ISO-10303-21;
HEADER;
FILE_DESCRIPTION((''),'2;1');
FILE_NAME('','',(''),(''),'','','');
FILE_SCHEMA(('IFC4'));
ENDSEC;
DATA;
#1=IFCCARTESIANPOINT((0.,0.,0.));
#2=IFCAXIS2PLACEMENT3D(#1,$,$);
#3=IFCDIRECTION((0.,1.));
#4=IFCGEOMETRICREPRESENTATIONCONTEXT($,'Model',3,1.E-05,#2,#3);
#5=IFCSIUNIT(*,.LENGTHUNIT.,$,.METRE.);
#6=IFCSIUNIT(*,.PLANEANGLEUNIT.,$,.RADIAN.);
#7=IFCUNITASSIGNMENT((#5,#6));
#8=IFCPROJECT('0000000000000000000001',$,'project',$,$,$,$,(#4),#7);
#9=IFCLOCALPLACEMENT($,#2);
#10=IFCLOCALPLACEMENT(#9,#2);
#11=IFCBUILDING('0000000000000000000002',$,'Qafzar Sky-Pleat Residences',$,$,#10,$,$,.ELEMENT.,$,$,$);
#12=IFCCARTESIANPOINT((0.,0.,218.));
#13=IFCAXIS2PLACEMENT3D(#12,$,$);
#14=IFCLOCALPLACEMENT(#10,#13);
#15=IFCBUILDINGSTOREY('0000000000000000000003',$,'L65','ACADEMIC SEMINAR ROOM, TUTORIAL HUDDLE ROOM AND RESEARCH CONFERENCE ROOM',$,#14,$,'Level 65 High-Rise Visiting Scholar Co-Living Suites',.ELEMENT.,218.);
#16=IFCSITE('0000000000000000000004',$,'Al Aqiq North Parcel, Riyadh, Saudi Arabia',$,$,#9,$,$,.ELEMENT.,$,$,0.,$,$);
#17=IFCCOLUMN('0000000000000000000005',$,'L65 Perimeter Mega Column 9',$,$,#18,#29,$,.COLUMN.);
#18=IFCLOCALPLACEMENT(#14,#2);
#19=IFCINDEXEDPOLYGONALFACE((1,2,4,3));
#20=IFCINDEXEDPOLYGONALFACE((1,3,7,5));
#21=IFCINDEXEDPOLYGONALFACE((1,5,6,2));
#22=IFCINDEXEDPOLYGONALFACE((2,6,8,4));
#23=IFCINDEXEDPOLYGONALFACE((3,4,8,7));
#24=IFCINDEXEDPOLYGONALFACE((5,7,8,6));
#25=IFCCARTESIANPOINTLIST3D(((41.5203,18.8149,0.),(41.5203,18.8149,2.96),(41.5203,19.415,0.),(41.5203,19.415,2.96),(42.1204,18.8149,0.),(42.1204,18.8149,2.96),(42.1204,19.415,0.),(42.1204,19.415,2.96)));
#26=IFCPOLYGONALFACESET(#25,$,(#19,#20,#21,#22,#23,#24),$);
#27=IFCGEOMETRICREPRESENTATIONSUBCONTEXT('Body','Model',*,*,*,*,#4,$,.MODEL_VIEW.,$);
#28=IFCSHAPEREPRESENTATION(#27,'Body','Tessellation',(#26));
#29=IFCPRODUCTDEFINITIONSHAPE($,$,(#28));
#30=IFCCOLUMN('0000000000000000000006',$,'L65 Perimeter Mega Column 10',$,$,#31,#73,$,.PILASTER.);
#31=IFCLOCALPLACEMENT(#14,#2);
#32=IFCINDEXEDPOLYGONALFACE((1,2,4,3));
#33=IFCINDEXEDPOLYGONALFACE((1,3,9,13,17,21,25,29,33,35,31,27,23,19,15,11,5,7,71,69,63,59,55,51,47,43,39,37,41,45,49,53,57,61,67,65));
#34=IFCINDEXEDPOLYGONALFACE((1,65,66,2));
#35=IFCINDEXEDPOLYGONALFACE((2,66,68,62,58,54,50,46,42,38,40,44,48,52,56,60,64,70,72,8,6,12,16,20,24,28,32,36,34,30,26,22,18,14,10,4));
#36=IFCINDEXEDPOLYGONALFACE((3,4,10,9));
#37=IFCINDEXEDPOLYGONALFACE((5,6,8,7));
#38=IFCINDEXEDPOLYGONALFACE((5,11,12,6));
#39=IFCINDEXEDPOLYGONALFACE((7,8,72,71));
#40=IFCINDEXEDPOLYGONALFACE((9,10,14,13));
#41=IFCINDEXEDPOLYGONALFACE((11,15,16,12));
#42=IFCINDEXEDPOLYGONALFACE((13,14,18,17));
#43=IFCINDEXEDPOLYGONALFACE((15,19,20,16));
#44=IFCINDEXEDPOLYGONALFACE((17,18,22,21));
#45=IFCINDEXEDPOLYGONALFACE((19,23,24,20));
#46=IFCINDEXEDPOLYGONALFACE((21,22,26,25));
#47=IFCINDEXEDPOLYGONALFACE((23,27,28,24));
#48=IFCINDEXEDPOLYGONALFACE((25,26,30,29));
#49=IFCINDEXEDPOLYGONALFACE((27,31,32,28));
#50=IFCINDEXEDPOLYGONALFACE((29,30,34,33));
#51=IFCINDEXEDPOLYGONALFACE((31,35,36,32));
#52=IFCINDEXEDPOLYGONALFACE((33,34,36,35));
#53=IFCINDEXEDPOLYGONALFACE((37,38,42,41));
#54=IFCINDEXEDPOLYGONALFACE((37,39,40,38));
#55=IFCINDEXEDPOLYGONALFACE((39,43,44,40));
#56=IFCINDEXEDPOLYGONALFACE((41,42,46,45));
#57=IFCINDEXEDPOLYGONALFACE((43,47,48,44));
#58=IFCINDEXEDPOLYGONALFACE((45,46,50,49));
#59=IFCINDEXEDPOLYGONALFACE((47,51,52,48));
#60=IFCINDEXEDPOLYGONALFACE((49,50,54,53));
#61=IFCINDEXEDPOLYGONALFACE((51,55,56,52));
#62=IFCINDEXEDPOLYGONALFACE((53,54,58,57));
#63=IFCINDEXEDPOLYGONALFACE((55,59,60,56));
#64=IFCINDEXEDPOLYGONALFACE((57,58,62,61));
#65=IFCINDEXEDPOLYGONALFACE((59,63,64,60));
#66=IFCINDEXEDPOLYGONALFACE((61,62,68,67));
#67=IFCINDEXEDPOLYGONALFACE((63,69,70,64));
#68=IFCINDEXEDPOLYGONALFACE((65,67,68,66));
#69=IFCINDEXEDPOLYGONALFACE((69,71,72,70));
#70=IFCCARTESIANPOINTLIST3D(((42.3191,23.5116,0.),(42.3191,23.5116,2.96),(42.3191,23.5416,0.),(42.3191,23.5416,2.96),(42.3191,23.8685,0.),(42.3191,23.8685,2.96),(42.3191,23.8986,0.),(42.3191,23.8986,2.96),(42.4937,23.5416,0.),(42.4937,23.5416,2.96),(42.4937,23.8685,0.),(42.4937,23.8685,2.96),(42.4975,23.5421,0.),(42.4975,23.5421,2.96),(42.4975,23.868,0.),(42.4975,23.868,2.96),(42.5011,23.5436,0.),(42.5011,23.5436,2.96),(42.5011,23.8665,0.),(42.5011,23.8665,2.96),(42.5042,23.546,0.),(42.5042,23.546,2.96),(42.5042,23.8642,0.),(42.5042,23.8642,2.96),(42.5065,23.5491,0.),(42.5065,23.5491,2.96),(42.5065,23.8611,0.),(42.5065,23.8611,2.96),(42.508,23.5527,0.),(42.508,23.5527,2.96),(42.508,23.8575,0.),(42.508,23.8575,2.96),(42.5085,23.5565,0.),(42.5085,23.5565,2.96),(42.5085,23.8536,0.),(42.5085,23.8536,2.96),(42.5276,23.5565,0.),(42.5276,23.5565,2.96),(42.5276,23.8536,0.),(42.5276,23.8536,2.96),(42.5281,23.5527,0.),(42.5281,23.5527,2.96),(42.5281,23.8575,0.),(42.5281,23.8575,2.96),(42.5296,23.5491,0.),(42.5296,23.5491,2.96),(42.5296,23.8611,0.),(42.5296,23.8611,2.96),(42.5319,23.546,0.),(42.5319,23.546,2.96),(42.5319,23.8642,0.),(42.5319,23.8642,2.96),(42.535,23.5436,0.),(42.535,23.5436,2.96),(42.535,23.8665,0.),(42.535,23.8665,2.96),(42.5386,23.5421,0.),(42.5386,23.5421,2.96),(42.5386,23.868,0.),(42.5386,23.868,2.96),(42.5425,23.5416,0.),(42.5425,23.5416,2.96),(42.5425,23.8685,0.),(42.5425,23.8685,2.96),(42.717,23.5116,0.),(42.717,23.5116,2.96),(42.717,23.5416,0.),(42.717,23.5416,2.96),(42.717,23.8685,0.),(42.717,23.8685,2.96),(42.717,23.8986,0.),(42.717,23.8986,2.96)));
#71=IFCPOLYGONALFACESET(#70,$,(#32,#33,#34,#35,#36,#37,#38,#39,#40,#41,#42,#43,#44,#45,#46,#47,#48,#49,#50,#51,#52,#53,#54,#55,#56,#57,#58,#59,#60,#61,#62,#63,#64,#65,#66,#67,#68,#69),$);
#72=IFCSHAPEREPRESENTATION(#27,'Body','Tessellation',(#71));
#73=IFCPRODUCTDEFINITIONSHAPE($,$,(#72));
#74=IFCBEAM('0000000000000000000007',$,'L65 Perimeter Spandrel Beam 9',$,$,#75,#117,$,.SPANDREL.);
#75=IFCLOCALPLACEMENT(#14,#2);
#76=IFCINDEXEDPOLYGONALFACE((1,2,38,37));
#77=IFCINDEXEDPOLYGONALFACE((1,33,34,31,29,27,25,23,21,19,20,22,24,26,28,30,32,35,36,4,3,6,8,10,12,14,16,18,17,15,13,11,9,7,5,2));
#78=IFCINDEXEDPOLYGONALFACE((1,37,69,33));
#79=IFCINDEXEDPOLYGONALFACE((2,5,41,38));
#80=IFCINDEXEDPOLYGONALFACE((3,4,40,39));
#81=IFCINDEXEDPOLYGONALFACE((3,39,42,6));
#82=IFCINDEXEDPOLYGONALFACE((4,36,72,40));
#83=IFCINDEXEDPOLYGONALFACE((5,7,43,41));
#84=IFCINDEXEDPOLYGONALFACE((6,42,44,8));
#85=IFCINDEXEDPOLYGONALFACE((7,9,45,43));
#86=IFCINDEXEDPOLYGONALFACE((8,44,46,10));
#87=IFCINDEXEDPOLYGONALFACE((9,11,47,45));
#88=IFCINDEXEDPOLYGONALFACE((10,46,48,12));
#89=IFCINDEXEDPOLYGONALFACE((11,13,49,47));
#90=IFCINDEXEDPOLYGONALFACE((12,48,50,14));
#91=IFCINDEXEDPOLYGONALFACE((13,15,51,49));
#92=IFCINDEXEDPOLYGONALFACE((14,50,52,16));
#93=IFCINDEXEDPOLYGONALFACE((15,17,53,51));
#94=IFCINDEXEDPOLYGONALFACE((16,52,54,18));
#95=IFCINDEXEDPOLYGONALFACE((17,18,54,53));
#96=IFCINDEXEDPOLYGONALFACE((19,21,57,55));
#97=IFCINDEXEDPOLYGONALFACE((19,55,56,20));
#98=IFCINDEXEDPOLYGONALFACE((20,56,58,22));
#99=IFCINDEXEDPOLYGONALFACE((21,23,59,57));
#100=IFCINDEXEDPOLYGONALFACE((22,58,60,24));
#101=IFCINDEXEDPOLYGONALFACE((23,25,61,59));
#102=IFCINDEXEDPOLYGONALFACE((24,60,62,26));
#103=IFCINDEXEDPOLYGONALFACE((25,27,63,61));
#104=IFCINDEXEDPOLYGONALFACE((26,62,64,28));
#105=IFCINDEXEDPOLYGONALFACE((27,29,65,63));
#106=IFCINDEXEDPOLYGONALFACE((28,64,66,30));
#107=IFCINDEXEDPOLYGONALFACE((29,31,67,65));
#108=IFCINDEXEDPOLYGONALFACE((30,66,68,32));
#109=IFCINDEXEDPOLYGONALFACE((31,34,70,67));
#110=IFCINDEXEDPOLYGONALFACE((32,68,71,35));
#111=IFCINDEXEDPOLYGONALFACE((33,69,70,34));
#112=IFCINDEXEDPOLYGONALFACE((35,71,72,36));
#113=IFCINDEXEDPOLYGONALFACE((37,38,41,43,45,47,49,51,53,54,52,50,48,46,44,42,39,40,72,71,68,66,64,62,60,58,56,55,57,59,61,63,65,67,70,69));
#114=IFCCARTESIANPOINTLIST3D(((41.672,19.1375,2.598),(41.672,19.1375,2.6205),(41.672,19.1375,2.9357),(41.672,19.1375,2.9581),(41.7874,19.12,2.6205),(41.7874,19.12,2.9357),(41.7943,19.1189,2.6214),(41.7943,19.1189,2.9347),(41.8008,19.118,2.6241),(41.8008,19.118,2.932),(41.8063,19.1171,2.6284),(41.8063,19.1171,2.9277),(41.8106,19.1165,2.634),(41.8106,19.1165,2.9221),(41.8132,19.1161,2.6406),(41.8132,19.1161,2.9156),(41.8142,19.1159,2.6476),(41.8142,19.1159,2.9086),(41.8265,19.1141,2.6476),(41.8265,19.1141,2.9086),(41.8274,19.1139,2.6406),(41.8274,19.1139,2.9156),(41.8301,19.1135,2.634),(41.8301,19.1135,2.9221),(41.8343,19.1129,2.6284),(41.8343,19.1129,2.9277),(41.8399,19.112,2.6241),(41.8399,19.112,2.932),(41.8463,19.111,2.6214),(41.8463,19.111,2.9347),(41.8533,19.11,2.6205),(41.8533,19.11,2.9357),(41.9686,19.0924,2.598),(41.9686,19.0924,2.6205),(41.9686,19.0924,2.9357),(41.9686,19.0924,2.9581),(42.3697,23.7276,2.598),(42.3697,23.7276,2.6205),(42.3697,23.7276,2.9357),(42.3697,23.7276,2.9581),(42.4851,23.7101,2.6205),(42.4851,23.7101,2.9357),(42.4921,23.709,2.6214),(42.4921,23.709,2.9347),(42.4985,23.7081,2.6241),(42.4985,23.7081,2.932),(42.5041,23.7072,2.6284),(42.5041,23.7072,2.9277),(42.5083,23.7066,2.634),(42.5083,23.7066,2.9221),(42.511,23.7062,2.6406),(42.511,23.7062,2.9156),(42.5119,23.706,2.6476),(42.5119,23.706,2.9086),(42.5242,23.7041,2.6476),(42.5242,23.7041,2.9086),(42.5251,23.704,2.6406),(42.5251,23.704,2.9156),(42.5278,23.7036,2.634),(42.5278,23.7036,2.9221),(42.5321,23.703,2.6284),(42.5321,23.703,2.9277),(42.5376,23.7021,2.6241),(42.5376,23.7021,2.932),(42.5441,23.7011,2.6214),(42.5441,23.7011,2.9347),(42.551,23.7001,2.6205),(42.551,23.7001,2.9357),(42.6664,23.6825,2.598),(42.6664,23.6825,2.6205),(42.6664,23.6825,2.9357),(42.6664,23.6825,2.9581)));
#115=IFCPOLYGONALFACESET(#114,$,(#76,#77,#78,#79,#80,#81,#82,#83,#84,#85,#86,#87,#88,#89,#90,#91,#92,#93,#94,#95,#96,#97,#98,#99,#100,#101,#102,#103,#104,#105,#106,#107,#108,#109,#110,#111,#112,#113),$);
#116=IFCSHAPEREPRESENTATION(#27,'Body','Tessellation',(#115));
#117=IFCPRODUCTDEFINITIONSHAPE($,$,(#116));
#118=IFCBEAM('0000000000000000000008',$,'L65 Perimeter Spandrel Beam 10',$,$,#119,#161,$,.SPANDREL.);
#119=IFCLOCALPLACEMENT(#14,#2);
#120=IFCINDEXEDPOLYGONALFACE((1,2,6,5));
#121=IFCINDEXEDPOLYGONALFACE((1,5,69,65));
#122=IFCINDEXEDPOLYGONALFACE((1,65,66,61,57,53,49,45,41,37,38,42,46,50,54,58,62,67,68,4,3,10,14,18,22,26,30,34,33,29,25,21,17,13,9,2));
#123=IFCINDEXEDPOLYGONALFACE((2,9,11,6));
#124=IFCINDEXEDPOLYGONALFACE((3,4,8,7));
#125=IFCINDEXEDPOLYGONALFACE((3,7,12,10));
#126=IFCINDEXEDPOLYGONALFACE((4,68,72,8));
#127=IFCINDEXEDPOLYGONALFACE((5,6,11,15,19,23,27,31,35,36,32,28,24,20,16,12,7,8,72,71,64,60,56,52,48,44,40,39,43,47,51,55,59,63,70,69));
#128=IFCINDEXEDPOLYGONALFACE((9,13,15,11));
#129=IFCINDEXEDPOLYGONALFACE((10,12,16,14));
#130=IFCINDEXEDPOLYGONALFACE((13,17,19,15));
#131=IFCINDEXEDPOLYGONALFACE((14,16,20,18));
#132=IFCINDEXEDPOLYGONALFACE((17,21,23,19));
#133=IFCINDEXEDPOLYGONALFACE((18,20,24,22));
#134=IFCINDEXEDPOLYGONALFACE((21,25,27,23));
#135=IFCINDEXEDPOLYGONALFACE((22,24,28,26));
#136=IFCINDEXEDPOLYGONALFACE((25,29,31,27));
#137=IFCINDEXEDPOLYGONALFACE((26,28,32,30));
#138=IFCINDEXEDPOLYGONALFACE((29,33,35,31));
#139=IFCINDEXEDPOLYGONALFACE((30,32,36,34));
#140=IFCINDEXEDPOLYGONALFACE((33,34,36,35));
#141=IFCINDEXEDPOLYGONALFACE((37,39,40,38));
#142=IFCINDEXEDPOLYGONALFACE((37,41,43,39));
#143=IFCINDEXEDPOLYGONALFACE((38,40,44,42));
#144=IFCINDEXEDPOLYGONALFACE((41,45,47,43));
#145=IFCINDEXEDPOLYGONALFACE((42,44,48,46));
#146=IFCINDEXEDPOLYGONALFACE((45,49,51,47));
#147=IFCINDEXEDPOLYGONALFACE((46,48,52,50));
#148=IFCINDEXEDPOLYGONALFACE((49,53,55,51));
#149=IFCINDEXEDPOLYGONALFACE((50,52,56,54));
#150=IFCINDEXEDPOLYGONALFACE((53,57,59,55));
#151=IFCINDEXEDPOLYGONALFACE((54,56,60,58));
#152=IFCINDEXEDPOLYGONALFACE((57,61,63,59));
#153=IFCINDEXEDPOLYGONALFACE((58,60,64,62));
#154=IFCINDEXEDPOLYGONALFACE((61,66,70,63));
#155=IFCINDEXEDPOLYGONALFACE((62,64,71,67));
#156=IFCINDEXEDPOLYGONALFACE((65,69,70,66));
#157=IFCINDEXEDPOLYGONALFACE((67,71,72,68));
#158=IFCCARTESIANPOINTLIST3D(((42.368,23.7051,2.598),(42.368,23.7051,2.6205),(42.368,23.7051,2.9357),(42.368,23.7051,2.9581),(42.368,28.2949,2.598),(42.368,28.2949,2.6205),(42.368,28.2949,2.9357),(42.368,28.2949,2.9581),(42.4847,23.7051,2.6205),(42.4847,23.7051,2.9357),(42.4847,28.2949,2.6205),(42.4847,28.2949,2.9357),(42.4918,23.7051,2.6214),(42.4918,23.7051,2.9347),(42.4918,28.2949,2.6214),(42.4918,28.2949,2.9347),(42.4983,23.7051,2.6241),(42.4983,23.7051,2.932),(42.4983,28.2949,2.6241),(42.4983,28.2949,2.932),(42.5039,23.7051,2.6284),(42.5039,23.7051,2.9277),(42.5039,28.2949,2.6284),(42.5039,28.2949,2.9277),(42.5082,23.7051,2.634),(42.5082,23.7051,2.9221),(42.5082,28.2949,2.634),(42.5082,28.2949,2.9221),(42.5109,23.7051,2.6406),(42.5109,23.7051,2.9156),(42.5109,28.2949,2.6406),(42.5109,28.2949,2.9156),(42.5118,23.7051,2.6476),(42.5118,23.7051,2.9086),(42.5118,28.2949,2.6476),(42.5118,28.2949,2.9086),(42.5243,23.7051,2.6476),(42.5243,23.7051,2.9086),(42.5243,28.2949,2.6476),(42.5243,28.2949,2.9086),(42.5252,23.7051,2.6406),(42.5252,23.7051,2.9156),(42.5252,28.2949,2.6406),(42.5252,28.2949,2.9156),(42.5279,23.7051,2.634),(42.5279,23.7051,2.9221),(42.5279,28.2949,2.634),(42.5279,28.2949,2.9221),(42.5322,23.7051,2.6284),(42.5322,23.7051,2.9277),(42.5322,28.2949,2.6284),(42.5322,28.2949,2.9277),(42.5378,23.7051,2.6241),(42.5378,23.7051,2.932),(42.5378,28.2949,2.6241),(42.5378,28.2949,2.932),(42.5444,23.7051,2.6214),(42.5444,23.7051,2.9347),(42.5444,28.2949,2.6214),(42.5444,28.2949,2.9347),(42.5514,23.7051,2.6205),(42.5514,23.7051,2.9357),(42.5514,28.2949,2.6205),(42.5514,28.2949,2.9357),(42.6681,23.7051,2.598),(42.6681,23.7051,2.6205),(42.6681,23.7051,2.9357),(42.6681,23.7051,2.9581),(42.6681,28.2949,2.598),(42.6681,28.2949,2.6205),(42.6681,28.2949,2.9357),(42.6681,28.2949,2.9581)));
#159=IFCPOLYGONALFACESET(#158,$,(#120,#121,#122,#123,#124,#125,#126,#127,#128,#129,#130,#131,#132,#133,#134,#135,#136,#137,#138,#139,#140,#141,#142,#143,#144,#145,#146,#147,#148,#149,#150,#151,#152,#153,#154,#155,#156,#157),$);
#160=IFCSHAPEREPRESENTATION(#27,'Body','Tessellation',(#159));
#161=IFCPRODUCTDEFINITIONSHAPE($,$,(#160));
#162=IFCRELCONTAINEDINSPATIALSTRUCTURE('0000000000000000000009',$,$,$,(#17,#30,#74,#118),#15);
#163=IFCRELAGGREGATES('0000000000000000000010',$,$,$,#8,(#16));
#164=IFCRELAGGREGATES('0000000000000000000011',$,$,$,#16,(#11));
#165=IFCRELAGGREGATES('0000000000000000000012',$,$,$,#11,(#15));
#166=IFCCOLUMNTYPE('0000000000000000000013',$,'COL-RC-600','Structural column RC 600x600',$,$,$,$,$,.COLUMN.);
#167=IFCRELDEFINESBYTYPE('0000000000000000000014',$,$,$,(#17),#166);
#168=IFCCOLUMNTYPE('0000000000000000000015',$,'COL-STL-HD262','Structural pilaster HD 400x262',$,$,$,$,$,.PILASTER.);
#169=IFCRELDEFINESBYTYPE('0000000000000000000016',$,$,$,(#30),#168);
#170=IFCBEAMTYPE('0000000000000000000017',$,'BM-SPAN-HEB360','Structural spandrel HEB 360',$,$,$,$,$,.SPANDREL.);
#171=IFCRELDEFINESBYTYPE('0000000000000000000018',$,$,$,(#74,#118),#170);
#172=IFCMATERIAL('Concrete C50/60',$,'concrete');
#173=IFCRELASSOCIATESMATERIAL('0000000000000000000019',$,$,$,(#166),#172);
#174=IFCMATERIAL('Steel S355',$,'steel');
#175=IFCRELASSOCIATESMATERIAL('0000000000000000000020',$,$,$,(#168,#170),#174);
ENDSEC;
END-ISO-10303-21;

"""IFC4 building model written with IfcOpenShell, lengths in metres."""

from ifc_helpers import new_model, si_unit, direction, frame, origin, origin_2d, place, context, subcontext, project, spatial, rectangle, i_section, extrude, source, transform, mapped, material, material_profile, profile_set, type_object, element, save


model = new_model("IFC4")

# Units and contexts
model_context = context("Model", 3, precision=1e-05, world=origin(), true_north=direction((0.0, 1.0)))
body_context = subcontext(model_context, "Body", "Model", "MODEL_VIEW")
ifc_project = project(units=[si_unit("LENGTHUNIT", "METRE"), si_unit("PLANEANGLEUNIT", "RADIAN")], contexts=[model_context])

# Site, building, storey
site_placement = place(None, origin())
site = spatial("IfcSite", under=ifc_project, at=site_placement, Name="Al Aqiq North Parcel, Riyadh, Saudi Arabia", CompositionType="ELEMENT", RefElevation=0.0)
building_placement = place(site_placement, origin())
building = spatial("IfcBuilding", under=site, at=building_placement, Name="Qafzar Sky-Pleat Residences", CompositionType="ELEMENT")
storey_placement = place(building_placement, frame((0.0, 0.0, 218.0)))
storey = spatial("IfcBuildingStorey", under=building, at=storey_placement, Name="L65", Description="ACADEMIC SEMINAR ROOM, TUTORIAL HUDDLE ROOM AND RESEARCH CONFERENCE ROOM", LongName="Level 65 High-Rise Visiting Scholar Co-Living Suites", CompositionType="ELEMENT", Elevation=218.0)

# Columns
ifc_material_1 = material(Name="Concrete C50/60", Category="concrete")
ifc_material_profile_1 = material_profile(ifc_material_1, rectangle(XDim=0.6001, YDim=0.6001, at=origin_2d()), Name="RC 600x600")
ifc_profile_set_1 = profile_set([ifc_material_profile_1], Name="Concrete C50/60")
column_type_1 = type_object("IfcColumnType", Name="COL-RC-600", Description="Structural column RC 600x600", PredefinedType="COLUMN", material=ifc_profile_set_1)
shared_shape_1 = source(origin(), body_context, "Body", "SweptSolid", [
    extrude(rectangle(XDim=0.6001, YDim=0.6001, at=origin_2d()), origin(), (0.0, 0.0, 1.0), 2.96),
])
column_1_placement = place(storey_placement, frame((41.8203, 19.115, 0.0), z_axis=(0.0, 0.0, 1.0), x_axis=(1.0, 0.0, 0.0)))
element("IfcColumn", 1, at=column_1_placement, inside=storey, type_object=column_type_1, Name="L65 Perimeter Mega Column 9", PredefinedType="COLUMN", context=body_context, shape_type="MappedRepresentation", body=[
    mapped(shared_shape_1, transform((0.0, 0.0, 0.0), x_axis=(1.0, 0.0, 0.0), y_axis=(0.0, 1.0, 0.0), z_axis=(0.0, 0.0, 1.0), scale=1.0)),
])
ifc_material_2 = material(Name="Steel S355", Category="steel")
ifc_material_profile_2 = material_profile(ifc_material_2, i_section(OverallWidth=0.3979, OverallDepth=0.387, WebThickness=0.019, FlangeThickness=0.03, FilletRadius=0.0149, at=origin_2d()), Name="HD 400x262")
ifc_profile_set_2 = profile_set([ifc_material_profile_2], Name="Steel S355")
column_type_2 = type_object("IfcColumnType", Name="COL-STL-HD262", Description="Structural pilaster HD 400x262", PredefinedType="PILASTER", material=ifc_profile_set_2)
shared_shape_2 = source(origin(), body_context, "Body", "SweptSolid", [
    extrude(i_section(OverallWidth=0.3979, OverallDepth=0.387, WebThickness=0.019, FlangeThickness=0.03, FilletRadius=0.0149, at=origin_2d()), origin(), (0.0, 0.0, 1.0), 2.96),
])
column_2_placement = place(storey_placement, frame((42.5181, 23.7051, 0.0), z_axis=(0.0, 0.0, 1.0), x_axis=(1.0, 0.0, 0.0)))
element("IfcColumn", 2, at=column_2_placement, inside=storey, type_object=column_type_2, Name="L65 Perimeter Mega Column 10", PredefinedType="PILASTER", context=body_context, shape_type="MappedRepresentation", body=[
    mapped(shared_shape_2, transform((0.0, 0.0, 0.0), x_axis=(1.0, 0.0, 0.0), y_axis=(0.0, 1.0, 0.0), z_axis=(0.0, 0.0, 1.0), scale=1.0)),
])

# Beams
ifc_material_profile_3 = material_profile(ifc_material_2, i_section(OverallWidth=0.3, OverallDepth=0.3601, WebThickness=0.0125, FlangeThickness=0.0225, FilletRadius=0.0271, at=origin_2d()), Name="HEB 360")
ifc_profile_set_3 = profile_set([ifc_material_profile_3], Name="Steel S355")
beam_type_1 = type_object("IfcBeamType", Name="BM-SPAN-HEB360", Description="Structural spandrel HEB 360", PredefinedType="SPANDREL", material=ifc_profile_set_3)
shared_shape_3 = source(origin(), body_context, "Body", "SweptSolid", [
    extrude(i_section(OverallWidth=0.3, OverallDepth=0.3601, WebThickness=0.0125, FlangeThickness=0.0225, FilletRadius=0.0271, at=origin_2d()), origin(), (0.0, 0.0, 1.0), 4.6428),
])
beam_1_placement = place(storey_placement, frame((41.8203, 19.115, 2.7781), z_axis=(0.150287, 0.988642, 0.0), x_axis=(-0.988642, 0.150287, 0.0)))
element("IfcBeam", 3, at=beam_1_placement, inside=storey, type_object=beam_type_1, Name="L65 Perimeter Spandrel Beam 9", PredefinedType="SPANDREL", context=body_context, shape_type="MappedRepresentation", body=[
    mapped(shared_shape_3, transform((0.0, 0.0, 0.0), x_axis=(1.0, 0.0, 0.0), y_axis=(0.0, 1.0, 0.0), z_axis=(0.0, 0.0, 1.0), scale=1.0)),
])
shared_shape_4 = source(origin(), body_context, "Body", "SweptSolid", [
    extrude(i_section(OverallWidth=0.3, OverallDepth=0.3601, WebThickness=0.0125, FlangeThickness=0.0225, FilletRadius=0.0271, at=origin_2d()), origin(), (0.0, 0.0, 1.0), 4.5898),
])
beam_2_placement = place(storey_placement, frame((42.5181, 23.7051, 2.7781), z_axis=(0.0, 1.0, 0.0), x_axis=(-1.0, 0.0, 0.0)))
element("IfcBeam", 4, at=beam_2_placement, inside=storey, type_object=beam_type_1, Name="L65 Perimeter Spandrel Beam 10", PredefinedType="SPANDREL", context=body_context, shape_type="MappedRepresentation", body=[
    mapped(shared_shape_4, transform((0.0, 0.0, 0.0), x_axis=(1.0, 0.0, 0.0), y_axis=(0.0, 1.0, 0.0), z_axis=(0.0, 0.0, 1.0), scale=1.0)),
])

save(model, "model.ifc")
